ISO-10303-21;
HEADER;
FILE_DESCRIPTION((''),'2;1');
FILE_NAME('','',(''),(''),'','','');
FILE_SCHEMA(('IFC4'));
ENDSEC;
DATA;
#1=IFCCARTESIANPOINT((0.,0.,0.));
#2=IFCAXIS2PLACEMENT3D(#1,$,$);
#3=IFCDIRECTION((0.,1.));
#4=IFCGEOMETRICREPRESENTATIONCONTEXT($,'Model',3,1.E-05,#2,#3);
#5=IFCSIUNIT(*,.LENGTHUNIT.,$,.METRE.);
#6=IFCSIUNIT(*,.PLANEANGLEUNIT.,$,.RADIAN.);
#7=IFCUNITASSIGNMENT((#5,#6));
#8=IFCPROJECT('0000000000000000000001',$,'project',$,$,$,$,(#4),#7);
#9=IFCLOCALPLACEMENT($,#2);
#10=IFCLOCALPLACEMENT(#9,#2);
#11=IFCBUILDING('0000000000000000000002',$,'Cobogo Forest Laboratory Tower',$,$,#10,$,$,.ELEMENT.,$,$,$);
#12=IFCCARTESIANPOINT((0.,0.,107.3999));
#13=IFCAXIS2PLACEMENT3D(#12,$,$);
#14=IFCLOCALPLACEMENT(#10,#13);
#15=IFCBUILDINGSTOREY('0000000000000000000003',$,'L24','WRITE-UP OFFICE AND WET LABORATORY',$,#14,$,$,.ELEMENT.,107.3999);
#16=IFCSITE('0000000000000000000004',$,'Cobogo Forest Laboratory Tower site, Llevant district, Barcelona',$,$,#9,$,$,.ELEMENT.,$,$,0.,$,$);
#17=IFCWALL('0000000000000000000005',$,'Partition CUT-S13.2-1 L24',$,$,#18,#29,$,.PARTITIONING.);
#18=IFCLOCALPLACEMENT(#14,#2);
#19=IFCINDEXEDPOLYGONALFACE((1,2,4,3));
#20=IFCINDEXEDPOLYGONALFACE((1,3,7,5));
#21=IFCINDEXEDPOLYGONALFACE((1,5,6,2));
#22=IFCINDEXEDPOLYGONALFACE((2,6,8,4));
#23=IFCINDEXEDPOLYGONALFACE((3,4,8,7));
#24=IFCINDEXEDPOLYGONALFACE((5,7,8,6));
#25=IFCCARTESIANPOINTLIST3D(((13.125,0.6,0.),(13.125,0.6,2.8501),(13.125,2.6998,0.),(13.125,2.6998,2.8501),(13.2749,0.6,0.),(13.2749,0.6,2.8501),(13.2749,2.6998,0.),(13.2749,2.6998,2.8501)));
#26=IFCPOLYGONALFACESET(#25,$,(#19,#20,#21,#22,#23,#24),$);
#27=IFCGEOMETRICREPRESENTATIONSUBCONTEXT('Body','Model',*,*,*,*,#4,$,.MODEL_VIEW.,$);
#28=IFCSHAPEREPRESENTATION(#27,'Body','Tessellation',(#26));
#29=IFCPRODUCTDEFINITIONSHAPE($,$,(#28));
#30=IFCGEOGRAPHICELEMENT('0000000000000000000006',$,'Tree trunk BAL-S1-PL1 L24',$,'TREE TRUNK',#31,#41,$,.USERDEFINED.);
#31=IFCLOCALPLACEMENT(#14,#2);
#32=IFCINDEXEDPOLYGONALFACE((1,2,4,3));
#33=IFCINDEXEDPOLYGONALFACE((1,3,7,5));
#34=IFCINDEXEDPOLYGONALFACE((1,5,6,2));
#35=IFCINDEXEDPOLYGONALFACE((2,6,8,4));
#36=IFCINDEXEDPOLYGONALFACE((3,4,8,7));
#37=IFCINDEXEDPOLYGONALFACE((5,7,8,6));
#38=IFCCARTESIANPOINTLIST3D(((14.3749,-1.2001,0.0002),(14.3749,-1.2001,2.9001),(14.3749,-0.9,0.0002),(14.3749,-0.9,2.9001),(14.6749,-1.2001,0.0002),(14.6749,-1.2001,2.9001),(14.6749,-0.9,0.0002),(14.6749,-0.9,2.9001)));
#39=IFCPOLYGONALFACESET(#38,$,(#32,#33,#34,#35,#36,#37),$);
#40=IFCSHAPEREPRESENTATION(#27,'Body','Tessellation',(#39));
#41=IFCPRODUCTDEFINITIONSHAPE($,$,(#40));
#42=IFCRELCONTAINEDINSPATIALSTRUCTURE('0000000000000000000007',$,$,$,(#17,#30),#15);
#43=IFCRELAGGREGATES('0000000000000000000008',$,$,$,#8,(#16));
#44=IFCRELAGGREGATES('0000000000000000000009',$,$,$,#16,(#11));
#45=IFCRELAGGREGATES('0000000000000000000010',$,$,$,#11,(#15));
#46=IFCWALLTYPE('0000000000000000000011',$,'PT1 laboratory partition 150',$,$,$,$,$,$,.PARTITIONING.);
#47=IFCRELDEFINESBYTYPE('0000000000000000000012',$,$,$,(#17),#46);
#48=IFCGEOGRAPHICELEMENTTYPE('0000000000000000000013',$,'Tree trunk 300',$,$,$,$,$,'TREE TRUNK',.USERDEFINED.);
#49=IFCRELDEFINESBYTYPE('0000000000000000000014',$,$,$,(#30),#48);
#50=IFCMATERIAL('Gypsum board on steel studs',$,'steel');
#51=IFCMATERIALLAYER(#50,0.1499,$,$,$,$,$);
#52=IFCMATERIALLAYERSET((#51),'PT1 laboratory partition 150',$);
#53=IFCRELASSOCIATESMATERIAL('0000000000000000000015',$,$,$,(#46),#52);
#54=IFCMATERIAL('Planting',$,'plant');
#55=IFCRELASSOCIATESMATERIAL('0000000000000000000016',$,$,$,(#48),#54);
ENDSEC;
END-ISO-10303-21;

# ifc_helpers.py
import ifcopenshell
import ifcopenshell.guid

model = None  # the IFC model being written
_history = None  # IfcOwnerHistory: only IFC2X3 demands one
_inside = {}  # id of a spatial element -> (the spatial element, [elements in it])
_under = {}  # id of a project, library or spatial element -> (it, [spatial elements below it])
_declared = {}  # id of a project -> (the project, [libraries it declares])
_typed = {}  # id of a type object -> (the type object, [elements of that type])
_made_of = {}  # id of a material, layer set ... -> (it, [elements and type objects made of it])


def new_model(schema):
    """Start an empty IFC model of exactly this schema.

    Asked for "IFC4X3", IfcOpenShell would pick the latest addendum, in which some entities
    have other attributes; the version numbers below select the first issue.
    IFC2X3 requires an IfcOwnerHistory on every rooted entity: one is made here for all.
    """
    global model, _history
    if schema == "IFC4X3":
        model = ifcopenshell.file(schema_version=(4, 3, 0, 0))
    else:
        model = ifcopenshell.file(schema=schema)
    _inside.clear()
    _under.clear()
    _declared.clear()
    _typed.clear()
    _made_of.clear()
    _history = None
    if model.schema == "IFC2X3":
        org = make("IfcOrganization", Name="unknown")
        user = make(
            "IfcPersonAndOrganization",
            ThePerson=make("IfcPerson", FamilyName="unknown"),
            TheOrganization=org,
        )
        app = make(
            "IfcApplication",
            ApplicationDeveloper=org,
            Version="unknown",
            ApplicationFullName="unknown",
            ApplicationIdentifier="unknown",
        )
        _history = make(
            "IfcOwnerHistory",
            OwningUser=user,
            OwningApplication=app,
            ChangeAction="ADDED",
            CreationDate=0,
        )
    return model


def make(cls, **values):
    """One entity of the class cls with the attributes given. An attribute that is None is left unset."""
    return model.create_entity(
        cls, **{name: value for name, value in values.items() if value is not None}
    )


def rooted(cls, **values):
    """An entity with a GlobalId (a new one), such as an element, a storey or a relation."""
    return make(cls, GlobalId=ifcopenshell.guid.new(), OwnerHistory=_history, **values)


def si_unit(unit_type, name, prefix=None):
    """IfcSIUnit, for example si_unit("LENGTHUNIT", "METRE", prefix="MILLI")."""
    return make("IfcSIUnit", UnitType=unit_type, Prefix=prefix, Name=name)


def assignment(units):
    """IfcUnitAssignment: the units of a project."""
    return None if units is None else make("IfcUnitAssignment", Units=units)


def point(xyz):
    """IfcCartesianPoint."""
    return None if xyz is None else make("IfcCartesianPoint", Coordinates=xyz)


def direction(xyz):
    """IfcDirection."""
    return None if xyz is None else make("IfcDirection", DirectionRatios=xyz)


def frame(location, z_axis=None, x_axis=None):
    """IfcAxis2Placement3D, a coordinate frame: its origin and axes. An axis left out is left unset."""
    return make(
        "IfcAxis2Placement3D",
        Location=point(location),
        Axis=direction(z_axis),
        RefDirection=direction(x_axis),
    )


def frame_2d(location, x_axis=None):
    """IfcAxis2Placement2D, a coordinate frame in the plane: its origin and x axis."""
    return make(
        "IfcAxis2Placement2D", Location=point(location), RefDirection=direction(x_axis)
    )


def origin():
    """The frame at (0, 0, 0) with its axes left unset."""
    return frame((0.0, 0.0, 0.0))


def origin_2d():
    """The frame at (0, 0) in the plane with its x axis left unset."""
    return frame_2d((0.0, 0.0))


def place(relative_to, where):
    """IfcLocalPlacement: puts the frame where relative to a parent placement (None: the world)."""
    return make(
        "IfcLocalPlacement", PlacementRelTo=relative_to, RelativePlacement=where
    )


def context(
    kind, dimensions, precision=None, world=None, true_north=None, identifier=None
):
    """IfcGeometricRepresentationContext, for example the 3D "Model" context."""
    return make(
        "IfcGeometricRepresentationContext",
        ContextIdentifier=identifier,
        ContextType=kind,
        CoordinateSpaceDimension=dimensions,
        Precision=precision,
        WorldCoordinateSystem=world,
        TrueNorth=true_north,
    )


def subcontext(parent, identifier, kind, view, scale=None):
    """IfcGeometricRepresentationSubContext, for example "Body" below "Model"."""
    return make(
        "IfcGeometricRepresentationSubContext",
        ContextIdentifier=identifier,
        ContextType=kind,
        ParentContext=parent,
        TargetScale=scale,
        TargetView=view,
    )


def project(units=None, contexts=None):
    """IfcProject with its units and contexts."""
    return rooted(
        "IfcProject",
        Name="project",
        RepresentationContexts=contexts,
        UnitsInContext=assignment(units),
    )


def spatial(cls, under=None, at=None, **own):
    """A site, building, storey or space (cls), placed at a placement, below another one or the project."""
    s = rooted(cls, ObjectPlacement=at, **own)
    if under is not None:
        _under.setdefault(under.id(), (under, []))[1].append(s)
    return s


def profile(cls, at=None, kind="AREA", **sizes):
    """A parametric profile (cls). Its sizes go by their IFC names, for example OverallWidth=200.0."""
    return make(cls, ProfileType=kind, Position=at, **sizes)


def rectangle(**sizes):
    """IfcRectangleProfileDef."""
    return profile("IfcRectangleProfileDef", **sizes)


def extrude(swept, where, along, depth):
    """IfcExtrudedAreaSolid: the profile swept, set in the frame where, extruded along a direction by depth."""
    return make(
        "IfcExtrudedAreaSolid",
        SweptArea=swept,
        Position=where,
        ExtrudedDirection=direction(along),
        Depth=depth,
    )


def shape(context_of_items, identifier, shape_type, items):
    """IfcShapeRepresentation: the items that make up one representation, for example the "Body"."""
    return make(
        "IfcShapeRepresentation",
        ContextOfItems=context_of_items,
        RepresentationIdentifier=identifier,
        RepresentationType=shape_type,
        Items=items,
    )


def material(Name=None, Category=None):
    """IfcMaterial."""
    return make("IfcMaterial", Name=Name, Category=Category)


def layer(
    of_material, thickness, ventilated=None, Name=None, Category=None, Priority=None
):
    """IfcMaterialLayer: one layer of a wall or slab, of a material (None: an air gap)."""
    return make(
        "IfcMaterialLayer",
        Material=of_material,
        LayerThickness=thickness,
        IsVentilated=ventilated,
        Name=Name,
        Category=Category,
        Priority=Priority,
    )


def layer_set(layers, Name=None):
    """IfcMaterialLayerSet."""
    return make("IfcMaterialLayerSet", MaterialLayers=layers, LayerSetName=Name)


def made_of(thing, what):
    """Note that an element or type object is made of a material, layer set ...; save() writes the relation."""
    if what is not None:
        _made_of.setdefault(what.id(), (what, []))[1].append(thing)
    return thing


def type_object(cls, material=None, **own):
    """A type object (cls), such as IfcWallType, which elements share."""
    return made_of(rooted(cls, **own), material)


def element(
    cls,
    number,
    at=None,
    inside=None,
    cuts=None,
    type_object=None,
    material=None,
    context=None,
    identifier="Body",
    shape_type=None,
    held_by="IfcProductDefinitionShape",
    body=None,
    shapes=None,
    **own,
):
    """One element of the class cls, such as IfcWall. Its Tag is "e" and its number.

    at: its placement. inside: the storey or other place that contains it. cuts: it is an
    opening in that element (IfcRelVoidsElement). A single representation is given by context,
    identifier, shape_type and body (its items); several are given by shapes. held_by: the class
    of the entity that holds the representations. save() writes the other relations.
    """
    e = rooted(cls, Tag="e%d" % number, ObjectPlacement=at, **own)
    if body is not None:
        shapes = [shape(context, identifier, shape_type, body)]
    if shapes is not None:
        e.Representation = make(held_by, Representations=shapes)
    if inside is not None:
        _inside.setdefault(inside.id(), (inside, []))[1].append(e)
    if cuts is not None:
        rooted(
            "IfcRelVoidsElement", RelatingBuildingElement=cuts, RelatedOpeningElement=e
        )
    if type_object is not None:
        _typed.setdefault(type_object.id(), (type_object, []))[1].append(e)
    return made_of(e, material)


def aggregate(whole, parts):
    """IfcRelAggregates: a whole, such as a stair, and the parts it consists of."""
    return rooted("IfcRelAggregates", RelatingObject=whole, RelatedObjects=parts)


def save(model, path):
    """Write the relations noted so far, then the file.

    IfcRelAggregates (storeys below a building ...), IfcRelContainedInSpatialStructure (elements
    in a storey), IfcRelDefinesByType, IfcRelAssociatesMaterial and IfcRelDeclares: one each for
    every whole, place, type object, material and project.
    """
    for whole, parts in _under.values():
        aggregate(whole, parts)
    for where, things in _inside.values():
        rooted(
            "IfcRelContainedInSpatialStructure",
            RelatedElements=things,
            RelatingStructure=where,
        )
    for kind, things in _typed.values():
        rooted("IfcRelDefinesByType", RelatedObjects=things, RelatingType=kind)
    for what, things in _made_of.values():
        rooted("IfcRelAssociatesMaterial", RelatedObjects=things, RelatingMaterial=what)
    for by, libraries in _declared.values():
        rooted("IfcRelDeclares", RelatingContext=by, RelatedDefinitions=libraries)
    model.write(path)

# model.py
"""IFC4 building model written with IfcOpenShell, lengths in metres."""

from ifc_helpers import new_model, si_unit, direction, frame, frame_2d, origin, origin_2d, place, context, subcontext, project, spatial, rectangle, extrude, material, layer, layer_set, type_object, element, save


model = new_model("IFC4")

# Units and contexts
model_context = context("Model", 3, precision=1e-05, world=origin(), true_north=direction((0.0, 1.0)))
body_context = subcontext(model_context, "Body", "Model", "MODEL_VIEW")
ifc_project = project(units=[si_unit("LENGTHUNIT", "METRE"), si_unit("PLANEANGLEUNIT", "RADIAN")], contexts=[model_context])

# Site, building, storey
site_placement = place(None, origin())
site = spatial("IfcSite", under=ifc_project, at=site_placement, Name="Cobogo Forest Laboratory Tower site, Llevant district, Barcelona", CompositionType="ELEMENT", RefElevation=0.0)
building_placement = place(site_placement, origin())
building = spatial("IfcBuilding", under=site, at=building_placement, Name="Cobogo Forest Laboratory Tower", CompositionType="ELEMENT")
storey_placement = place(building_placement, frame((0.0, 0.0, 107.3999)))
storey = spatial("IfcBuildingStorey", under=building, at=storey_placement, Name="L24", Description="WRITE-UP OFFICE AND WET LABORATORY", CompositionType="ELEMENT", Elevation=107.3999)

# Wall
ifc_material_1 = material(Name="Gypsum board on steel studs", Category="steel")
ifc_layer_1 = layer(ifc_material_1, 0.1499)
ifc_layer_set_1 = layer_set([ifc_layer_1], Name="PT1 laboratory partition 150")
wall_type_1 = type_object("IfcWallType", Name="PT1 laboratory partition 150", PredefinedType="PARTITIONING", material=ifc_layer_set_1)
wall_1_placement = place(storey_placement, frame((13.2, 0.6001, 0.0), z_axis=(0.0, 0.0, 1.0), x_axis=(0.0, 1.0, 0.0)))
element("IfcWall", 1, at=wall_1_placement, inside=storey, type_object=wall_type_1, Name="Partition CUT-S13.2-1 L24", PredefinedType="PARTITIONING", context=body_context, shape_type="SweptSolid", body=[
    extrude(rectangle(XDim=2.0999, YDim=0.1499, at=frame_2d((1.0498, 0.0))), origin(), (0.0, 0.0, 1.0), 2.8501),
])

# Geographic element
ifc_material_2 = material(Name="Planting", Category="plant")
geographic_element_type = type_object("IfcGeographicElementType", Name="Tree trunk 300", ElementType="TREE TRUNK", PredefinedType="USERDEFINED", material=ifc_material_2)
geographic_element_placement = place(storey_placement, frame((14.5249, -1.05, 0.0002), z_axis=(0.0, 0.0, 1.0), x_axis=(1.0, 0.0, 0.0)))
element("IfcGeographicElement", 2, at=geographic_element_placement, inside=storey, type_object=geographic_element_type, Name="Tree trunk BAL-S1-PL1 L24", ObjectType="TREE TRUNK", PredefinedType="USERDEFINED", context=body_context, shape_type="SweptSolid", body=[
    extrude(rectangle(XDim=0.3, YDim=0.3, at=origin_2d()), origin(), (0.0, 0.0, 1.0), 2.8999),
])

save(model, "model.ifc")
